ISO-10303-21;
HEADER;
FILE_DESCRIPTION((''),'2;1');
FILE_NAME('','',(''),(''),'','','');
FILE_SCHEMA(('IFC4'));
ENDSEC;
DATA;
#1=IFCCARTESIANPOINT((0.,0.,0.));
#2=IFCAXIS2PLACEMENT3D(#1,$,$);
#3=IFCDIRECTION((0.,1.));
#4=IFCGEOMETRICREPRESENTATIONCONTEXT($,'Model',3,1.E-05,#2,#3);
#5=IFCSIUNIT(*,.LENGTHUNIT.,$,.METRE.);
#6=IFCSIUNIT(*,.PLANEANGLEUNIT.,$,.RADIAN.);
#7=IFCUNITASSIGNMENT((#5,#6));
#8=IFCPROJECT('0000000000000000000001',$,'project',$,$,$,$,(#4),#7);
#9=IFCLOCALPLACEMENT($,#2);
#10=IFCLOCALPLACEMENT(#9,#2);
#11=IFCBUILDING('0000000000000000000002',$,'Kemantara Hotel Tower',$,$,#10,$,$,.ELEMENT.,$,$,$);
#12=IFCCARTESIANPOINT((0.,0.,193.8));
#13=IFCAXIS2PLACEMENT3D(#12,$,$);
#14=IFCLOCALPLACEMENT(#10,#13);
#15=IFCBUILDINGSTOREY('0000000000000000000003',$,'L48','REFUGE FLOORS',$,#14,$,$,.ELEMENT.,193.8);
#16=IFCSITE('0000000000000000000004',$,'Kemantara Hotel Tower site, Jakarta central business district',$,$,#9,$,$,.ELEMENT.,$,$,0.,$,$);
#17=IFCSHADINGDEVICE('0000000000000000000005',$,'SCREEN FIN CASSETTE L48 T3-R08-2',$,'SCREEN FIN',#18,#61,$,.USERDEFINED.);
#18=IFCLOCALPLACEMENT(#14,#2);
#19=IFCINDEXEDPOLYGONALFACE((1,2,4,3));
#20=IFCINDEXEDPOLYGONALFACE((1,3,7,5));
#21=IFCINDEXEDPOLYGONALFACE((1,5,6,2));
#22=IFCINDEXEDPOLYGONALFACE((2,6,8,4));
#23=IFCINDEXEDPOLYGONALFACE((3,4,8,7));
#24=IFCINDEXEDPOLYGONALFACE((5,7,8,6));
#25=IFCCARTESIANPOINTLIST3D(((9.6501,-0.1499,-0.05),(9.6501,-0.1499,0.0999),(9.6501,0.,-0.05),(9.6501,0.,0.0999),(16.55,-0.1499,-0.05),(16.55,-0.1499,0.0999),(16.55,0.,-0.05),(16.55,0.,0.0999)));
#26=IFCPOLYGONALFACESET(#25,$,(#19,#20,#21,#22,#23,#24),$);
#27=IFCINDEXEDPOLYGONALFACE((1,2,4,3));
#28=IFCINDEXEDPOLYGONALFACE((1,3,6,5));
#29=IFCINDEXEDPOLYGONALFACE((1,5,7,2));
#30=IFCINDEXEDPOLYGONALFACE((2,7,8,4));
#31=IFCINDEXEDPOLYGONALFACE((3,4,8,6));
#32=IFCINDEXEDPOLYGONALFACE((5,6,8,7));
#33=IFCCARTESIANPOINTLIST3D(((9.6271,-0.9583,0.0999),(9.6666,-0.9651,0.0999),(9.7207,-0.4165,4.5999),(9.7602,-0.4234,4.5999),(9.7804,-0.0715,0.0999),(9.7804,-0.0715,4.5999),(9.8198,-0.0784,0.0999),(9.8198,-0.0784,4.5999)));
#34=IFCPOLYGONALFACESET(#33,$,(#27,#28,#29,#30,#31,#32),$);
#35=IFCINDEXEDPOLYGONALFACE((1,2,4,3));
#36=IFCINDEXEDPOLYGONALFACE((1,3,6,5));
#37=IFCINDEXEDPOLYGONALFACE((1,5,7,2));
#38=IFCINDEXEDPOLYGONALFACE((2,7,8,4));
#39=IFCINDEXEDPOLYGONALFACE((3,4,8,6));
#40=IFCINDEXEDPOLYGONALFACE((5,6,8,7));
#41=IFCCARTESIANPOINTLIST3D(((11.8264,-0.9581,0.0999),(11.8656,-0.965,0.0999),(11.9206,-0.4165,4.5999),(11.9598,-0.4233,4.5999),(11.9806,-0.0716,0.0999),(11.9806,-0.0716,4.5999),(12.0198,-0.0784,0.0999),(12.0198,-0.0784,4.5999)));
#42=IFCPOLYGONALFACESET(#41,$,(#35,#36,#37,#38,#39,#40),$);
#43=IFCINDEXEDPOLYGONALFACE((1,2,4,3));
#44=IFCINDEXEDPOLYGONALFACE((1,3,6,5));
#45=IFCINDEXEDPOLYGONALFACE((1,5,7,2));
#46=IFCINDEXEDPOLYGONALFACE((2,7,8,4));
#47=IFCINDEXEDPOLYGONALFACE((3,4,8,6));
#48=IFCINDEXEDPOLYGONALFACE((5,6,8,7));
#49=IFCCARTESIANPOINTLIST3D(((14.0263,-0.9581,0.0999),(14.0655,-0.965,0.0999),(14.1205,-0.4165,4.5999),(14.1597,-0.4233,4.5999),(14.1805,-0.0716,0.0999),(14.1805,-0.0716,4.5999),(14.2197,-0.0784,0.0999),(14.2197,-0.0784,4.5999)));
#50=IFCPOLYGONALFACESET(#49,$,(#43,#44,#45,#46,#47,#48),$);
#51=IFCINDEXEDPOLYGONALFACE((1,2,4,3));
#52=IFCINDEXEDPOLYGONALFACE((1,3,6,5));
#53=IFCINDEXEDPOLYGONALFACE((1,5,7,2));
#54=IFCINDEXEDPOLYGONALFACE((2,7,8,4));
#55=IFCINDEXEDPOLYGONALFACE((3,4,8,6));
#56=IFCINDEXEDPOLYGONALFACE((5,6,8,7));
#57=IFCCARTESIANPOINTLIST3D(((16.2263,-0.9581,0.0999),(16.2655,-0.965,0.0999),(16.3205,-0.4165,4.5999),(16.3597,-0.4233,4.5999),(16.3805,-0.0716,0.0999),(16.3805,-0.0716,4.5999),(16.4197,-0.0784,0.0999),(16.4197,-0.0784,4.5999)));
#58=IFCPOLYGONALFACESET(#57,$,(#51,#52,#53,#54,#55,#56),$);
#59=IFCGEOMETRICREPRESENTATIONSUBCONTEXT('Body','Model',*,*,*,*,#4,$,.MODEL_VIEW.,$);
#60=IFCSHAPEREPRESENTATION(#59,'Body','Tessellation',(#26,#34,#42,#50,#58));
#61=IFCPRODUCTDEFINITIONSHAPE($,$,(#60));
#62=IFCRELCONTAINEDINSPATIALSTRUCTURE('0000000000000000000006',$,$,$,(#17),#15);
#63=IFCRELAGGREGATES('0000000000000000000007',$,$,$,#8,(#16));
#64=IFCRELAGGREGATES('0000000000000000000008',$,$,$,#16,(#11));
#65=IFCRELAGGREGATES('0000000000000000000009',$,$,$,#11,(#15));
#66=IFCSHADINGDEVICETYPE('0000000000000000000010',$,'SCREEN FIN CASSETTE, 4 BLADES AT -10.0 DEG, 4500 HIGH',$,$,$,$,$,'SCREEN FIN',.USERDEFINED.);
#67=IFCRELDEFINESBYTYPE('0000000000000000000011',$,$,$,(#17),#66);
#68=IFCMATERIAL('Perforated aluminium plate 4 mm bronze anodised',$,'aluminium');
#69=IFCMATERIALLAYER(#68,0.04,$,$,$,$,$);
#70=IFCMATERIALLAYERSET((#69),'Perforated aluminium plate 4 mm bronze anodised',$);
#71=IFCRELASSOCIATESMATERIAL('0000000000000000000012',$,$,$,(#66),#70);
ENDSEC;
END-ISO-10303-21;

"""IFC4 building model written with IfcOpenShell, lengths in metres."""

from ifc_helpers import new_model, si_unit, direction, frame, origin, origin_2d, place, context, subcontext, project, spatial, polyline, rectangle, outline, extrude, source, transform, mapped, material, layer, layer_set, type_object, element, save


model = new_model("IFC4")

# Units and contexts
model_context = context("Model", 3, precision=1e-05, world=origin(), true_north=direction((0.0, 1.0)))
body_context = subcontext(model_context, "Body", "Model", "MODEL_VIEW")
ifc_project = project(units=[si_unit("LENGTHUNIT", "METRE"), si_unit("PLANEANGLEUNIT", "RADIAN")], contexts=[model_context])

# Site, building, storey
site_placement = place(None, origin())
site = spatial("IfcSite", under=ifc_project, at=site_placement, Name="Kemantara Hotel Tower site, Jakarta central business district", CompositionType="ELEMENT", RefElevation=0.0)
building_placement = place(site_placement, origin())
building = spatial("IfcBuilding", under=site, at=building_placement, Name="Kemantara Hotel Tower", CompositionType="ELEMENT")
storey_placement = place(building_placement, frame((0.0, 0.0, 193.8)))
storey = spatial("IfcBuildingStorey", under=building, at=storey_placement, Name="L48", Description="REFUGE FLOORS", CompositionType="ELEMENT", Elevation=193.8)

# Shading device
ifc_material_1 = material(Name="Perforated aluminium plate 4 mm bronze anodised", Category="aluminium")
ifc_layer_1 = layer(ifc_material_1, 0.04)
ifc_layer_set_1 = layer_set([ifc_layer_1], Name="Perforated aluminium plate 4 mm bronze anodised")
shading_device_type_1 = type_object("IfcShadingDeviceType", Name="SCREEN FIN CASSETTE, 4 BLADES AT -10.0 DEG, 4500 HIGH", ElementType="SCREEN FIN", PredefinedType="USERDEFINED", material=ifc_layer_set_1)
shared_shape_1 = source(origin(), body_context, "Body", "SweptSolid", [
    extrude(rectangle(XDim=6.8999, YDim=0.1499, at=origin_2d()), frame((3.3, -0.075, -0.1499), z_axis=(0.0, 0.0, 1.0), x_axis=(1.0, 0.0, 0.0)), (0.0, 0.0, 1.0), 0.1499),
    extrude(outline(polyline([(0.0, 0.0), (0.8999, 0.0), (0.3501, 4.5), (0.0, 4.5), (0.0, 0.0)])), frame((0.0198, -0.0784, 0.0), z_axis=(-0.98539, 0.170314, 0.0), x_axis=(-0.170314, -0.98539, 0.0)), (0.0, 0.0, 1.0), 0.04),
    extrude(outline(polyline([(0.0, 0.0), (0.8999, 0.0), (0.3501, 4.5), (0.0, 4.5), (0.0, 0.0)])), frame((2.2197, -0.0784, 0.0), z_axis=(-0.985212, 0.171341, 0.0), x_axis=(-0.171341, -0.985212, 0.0)), (0.0, 0.0, 1.0), 0.0398),
    extrude(outline(polyline([(0.0, 0.0), (0.8999, 0.0), (0.3501, 4.5), (0.0, 4.5), (0.0, 0.0)])), frame((4.4197, -0.0784, 0.0), z_axis=(-0.985212, 0.171341, 0.0), x_axis=(-0.171341, -0.985212, 0.0)), (0.0, 0.0, 1.0), 0.0398),
    extrude(outline(polyline([(0.0, 0.0), (0.8999, 0.0), (0.3501, 4.5), (0.0, 4.5), (0.0, 0.0)])), frame((6.6196, -0.0784, 0.0), z_axis=(-0.985212, 0.171341, 0.0), x_axis=(-0.171341, -0.985212, 0.0)), (0.0, 0.0, 1.0), 0.0398),
])
shading_device_1_placement = place(storey_placement, frame((9.8, 0.0, 0.0999), z_axis=(0.0, 0.0, 1.0), x_axis=(1.0, 0.0, 0.0)))
element("IfcShadingDevice", 1, at=shading_device_1_placement, inside=storey, type_object=shading_device_type_1, Name="SCREEN FIN CASSETTE L48 T3-R08-2", ObjectType="SCREEN FIN", PredefinedType="USERDEFINED", context=body_context, shape_type="MappedRepresentation", body=[
    mapped(shared_shape_1, transform((0.0, 0.0, 0.0))),
])

save(model, "model.ifc")
